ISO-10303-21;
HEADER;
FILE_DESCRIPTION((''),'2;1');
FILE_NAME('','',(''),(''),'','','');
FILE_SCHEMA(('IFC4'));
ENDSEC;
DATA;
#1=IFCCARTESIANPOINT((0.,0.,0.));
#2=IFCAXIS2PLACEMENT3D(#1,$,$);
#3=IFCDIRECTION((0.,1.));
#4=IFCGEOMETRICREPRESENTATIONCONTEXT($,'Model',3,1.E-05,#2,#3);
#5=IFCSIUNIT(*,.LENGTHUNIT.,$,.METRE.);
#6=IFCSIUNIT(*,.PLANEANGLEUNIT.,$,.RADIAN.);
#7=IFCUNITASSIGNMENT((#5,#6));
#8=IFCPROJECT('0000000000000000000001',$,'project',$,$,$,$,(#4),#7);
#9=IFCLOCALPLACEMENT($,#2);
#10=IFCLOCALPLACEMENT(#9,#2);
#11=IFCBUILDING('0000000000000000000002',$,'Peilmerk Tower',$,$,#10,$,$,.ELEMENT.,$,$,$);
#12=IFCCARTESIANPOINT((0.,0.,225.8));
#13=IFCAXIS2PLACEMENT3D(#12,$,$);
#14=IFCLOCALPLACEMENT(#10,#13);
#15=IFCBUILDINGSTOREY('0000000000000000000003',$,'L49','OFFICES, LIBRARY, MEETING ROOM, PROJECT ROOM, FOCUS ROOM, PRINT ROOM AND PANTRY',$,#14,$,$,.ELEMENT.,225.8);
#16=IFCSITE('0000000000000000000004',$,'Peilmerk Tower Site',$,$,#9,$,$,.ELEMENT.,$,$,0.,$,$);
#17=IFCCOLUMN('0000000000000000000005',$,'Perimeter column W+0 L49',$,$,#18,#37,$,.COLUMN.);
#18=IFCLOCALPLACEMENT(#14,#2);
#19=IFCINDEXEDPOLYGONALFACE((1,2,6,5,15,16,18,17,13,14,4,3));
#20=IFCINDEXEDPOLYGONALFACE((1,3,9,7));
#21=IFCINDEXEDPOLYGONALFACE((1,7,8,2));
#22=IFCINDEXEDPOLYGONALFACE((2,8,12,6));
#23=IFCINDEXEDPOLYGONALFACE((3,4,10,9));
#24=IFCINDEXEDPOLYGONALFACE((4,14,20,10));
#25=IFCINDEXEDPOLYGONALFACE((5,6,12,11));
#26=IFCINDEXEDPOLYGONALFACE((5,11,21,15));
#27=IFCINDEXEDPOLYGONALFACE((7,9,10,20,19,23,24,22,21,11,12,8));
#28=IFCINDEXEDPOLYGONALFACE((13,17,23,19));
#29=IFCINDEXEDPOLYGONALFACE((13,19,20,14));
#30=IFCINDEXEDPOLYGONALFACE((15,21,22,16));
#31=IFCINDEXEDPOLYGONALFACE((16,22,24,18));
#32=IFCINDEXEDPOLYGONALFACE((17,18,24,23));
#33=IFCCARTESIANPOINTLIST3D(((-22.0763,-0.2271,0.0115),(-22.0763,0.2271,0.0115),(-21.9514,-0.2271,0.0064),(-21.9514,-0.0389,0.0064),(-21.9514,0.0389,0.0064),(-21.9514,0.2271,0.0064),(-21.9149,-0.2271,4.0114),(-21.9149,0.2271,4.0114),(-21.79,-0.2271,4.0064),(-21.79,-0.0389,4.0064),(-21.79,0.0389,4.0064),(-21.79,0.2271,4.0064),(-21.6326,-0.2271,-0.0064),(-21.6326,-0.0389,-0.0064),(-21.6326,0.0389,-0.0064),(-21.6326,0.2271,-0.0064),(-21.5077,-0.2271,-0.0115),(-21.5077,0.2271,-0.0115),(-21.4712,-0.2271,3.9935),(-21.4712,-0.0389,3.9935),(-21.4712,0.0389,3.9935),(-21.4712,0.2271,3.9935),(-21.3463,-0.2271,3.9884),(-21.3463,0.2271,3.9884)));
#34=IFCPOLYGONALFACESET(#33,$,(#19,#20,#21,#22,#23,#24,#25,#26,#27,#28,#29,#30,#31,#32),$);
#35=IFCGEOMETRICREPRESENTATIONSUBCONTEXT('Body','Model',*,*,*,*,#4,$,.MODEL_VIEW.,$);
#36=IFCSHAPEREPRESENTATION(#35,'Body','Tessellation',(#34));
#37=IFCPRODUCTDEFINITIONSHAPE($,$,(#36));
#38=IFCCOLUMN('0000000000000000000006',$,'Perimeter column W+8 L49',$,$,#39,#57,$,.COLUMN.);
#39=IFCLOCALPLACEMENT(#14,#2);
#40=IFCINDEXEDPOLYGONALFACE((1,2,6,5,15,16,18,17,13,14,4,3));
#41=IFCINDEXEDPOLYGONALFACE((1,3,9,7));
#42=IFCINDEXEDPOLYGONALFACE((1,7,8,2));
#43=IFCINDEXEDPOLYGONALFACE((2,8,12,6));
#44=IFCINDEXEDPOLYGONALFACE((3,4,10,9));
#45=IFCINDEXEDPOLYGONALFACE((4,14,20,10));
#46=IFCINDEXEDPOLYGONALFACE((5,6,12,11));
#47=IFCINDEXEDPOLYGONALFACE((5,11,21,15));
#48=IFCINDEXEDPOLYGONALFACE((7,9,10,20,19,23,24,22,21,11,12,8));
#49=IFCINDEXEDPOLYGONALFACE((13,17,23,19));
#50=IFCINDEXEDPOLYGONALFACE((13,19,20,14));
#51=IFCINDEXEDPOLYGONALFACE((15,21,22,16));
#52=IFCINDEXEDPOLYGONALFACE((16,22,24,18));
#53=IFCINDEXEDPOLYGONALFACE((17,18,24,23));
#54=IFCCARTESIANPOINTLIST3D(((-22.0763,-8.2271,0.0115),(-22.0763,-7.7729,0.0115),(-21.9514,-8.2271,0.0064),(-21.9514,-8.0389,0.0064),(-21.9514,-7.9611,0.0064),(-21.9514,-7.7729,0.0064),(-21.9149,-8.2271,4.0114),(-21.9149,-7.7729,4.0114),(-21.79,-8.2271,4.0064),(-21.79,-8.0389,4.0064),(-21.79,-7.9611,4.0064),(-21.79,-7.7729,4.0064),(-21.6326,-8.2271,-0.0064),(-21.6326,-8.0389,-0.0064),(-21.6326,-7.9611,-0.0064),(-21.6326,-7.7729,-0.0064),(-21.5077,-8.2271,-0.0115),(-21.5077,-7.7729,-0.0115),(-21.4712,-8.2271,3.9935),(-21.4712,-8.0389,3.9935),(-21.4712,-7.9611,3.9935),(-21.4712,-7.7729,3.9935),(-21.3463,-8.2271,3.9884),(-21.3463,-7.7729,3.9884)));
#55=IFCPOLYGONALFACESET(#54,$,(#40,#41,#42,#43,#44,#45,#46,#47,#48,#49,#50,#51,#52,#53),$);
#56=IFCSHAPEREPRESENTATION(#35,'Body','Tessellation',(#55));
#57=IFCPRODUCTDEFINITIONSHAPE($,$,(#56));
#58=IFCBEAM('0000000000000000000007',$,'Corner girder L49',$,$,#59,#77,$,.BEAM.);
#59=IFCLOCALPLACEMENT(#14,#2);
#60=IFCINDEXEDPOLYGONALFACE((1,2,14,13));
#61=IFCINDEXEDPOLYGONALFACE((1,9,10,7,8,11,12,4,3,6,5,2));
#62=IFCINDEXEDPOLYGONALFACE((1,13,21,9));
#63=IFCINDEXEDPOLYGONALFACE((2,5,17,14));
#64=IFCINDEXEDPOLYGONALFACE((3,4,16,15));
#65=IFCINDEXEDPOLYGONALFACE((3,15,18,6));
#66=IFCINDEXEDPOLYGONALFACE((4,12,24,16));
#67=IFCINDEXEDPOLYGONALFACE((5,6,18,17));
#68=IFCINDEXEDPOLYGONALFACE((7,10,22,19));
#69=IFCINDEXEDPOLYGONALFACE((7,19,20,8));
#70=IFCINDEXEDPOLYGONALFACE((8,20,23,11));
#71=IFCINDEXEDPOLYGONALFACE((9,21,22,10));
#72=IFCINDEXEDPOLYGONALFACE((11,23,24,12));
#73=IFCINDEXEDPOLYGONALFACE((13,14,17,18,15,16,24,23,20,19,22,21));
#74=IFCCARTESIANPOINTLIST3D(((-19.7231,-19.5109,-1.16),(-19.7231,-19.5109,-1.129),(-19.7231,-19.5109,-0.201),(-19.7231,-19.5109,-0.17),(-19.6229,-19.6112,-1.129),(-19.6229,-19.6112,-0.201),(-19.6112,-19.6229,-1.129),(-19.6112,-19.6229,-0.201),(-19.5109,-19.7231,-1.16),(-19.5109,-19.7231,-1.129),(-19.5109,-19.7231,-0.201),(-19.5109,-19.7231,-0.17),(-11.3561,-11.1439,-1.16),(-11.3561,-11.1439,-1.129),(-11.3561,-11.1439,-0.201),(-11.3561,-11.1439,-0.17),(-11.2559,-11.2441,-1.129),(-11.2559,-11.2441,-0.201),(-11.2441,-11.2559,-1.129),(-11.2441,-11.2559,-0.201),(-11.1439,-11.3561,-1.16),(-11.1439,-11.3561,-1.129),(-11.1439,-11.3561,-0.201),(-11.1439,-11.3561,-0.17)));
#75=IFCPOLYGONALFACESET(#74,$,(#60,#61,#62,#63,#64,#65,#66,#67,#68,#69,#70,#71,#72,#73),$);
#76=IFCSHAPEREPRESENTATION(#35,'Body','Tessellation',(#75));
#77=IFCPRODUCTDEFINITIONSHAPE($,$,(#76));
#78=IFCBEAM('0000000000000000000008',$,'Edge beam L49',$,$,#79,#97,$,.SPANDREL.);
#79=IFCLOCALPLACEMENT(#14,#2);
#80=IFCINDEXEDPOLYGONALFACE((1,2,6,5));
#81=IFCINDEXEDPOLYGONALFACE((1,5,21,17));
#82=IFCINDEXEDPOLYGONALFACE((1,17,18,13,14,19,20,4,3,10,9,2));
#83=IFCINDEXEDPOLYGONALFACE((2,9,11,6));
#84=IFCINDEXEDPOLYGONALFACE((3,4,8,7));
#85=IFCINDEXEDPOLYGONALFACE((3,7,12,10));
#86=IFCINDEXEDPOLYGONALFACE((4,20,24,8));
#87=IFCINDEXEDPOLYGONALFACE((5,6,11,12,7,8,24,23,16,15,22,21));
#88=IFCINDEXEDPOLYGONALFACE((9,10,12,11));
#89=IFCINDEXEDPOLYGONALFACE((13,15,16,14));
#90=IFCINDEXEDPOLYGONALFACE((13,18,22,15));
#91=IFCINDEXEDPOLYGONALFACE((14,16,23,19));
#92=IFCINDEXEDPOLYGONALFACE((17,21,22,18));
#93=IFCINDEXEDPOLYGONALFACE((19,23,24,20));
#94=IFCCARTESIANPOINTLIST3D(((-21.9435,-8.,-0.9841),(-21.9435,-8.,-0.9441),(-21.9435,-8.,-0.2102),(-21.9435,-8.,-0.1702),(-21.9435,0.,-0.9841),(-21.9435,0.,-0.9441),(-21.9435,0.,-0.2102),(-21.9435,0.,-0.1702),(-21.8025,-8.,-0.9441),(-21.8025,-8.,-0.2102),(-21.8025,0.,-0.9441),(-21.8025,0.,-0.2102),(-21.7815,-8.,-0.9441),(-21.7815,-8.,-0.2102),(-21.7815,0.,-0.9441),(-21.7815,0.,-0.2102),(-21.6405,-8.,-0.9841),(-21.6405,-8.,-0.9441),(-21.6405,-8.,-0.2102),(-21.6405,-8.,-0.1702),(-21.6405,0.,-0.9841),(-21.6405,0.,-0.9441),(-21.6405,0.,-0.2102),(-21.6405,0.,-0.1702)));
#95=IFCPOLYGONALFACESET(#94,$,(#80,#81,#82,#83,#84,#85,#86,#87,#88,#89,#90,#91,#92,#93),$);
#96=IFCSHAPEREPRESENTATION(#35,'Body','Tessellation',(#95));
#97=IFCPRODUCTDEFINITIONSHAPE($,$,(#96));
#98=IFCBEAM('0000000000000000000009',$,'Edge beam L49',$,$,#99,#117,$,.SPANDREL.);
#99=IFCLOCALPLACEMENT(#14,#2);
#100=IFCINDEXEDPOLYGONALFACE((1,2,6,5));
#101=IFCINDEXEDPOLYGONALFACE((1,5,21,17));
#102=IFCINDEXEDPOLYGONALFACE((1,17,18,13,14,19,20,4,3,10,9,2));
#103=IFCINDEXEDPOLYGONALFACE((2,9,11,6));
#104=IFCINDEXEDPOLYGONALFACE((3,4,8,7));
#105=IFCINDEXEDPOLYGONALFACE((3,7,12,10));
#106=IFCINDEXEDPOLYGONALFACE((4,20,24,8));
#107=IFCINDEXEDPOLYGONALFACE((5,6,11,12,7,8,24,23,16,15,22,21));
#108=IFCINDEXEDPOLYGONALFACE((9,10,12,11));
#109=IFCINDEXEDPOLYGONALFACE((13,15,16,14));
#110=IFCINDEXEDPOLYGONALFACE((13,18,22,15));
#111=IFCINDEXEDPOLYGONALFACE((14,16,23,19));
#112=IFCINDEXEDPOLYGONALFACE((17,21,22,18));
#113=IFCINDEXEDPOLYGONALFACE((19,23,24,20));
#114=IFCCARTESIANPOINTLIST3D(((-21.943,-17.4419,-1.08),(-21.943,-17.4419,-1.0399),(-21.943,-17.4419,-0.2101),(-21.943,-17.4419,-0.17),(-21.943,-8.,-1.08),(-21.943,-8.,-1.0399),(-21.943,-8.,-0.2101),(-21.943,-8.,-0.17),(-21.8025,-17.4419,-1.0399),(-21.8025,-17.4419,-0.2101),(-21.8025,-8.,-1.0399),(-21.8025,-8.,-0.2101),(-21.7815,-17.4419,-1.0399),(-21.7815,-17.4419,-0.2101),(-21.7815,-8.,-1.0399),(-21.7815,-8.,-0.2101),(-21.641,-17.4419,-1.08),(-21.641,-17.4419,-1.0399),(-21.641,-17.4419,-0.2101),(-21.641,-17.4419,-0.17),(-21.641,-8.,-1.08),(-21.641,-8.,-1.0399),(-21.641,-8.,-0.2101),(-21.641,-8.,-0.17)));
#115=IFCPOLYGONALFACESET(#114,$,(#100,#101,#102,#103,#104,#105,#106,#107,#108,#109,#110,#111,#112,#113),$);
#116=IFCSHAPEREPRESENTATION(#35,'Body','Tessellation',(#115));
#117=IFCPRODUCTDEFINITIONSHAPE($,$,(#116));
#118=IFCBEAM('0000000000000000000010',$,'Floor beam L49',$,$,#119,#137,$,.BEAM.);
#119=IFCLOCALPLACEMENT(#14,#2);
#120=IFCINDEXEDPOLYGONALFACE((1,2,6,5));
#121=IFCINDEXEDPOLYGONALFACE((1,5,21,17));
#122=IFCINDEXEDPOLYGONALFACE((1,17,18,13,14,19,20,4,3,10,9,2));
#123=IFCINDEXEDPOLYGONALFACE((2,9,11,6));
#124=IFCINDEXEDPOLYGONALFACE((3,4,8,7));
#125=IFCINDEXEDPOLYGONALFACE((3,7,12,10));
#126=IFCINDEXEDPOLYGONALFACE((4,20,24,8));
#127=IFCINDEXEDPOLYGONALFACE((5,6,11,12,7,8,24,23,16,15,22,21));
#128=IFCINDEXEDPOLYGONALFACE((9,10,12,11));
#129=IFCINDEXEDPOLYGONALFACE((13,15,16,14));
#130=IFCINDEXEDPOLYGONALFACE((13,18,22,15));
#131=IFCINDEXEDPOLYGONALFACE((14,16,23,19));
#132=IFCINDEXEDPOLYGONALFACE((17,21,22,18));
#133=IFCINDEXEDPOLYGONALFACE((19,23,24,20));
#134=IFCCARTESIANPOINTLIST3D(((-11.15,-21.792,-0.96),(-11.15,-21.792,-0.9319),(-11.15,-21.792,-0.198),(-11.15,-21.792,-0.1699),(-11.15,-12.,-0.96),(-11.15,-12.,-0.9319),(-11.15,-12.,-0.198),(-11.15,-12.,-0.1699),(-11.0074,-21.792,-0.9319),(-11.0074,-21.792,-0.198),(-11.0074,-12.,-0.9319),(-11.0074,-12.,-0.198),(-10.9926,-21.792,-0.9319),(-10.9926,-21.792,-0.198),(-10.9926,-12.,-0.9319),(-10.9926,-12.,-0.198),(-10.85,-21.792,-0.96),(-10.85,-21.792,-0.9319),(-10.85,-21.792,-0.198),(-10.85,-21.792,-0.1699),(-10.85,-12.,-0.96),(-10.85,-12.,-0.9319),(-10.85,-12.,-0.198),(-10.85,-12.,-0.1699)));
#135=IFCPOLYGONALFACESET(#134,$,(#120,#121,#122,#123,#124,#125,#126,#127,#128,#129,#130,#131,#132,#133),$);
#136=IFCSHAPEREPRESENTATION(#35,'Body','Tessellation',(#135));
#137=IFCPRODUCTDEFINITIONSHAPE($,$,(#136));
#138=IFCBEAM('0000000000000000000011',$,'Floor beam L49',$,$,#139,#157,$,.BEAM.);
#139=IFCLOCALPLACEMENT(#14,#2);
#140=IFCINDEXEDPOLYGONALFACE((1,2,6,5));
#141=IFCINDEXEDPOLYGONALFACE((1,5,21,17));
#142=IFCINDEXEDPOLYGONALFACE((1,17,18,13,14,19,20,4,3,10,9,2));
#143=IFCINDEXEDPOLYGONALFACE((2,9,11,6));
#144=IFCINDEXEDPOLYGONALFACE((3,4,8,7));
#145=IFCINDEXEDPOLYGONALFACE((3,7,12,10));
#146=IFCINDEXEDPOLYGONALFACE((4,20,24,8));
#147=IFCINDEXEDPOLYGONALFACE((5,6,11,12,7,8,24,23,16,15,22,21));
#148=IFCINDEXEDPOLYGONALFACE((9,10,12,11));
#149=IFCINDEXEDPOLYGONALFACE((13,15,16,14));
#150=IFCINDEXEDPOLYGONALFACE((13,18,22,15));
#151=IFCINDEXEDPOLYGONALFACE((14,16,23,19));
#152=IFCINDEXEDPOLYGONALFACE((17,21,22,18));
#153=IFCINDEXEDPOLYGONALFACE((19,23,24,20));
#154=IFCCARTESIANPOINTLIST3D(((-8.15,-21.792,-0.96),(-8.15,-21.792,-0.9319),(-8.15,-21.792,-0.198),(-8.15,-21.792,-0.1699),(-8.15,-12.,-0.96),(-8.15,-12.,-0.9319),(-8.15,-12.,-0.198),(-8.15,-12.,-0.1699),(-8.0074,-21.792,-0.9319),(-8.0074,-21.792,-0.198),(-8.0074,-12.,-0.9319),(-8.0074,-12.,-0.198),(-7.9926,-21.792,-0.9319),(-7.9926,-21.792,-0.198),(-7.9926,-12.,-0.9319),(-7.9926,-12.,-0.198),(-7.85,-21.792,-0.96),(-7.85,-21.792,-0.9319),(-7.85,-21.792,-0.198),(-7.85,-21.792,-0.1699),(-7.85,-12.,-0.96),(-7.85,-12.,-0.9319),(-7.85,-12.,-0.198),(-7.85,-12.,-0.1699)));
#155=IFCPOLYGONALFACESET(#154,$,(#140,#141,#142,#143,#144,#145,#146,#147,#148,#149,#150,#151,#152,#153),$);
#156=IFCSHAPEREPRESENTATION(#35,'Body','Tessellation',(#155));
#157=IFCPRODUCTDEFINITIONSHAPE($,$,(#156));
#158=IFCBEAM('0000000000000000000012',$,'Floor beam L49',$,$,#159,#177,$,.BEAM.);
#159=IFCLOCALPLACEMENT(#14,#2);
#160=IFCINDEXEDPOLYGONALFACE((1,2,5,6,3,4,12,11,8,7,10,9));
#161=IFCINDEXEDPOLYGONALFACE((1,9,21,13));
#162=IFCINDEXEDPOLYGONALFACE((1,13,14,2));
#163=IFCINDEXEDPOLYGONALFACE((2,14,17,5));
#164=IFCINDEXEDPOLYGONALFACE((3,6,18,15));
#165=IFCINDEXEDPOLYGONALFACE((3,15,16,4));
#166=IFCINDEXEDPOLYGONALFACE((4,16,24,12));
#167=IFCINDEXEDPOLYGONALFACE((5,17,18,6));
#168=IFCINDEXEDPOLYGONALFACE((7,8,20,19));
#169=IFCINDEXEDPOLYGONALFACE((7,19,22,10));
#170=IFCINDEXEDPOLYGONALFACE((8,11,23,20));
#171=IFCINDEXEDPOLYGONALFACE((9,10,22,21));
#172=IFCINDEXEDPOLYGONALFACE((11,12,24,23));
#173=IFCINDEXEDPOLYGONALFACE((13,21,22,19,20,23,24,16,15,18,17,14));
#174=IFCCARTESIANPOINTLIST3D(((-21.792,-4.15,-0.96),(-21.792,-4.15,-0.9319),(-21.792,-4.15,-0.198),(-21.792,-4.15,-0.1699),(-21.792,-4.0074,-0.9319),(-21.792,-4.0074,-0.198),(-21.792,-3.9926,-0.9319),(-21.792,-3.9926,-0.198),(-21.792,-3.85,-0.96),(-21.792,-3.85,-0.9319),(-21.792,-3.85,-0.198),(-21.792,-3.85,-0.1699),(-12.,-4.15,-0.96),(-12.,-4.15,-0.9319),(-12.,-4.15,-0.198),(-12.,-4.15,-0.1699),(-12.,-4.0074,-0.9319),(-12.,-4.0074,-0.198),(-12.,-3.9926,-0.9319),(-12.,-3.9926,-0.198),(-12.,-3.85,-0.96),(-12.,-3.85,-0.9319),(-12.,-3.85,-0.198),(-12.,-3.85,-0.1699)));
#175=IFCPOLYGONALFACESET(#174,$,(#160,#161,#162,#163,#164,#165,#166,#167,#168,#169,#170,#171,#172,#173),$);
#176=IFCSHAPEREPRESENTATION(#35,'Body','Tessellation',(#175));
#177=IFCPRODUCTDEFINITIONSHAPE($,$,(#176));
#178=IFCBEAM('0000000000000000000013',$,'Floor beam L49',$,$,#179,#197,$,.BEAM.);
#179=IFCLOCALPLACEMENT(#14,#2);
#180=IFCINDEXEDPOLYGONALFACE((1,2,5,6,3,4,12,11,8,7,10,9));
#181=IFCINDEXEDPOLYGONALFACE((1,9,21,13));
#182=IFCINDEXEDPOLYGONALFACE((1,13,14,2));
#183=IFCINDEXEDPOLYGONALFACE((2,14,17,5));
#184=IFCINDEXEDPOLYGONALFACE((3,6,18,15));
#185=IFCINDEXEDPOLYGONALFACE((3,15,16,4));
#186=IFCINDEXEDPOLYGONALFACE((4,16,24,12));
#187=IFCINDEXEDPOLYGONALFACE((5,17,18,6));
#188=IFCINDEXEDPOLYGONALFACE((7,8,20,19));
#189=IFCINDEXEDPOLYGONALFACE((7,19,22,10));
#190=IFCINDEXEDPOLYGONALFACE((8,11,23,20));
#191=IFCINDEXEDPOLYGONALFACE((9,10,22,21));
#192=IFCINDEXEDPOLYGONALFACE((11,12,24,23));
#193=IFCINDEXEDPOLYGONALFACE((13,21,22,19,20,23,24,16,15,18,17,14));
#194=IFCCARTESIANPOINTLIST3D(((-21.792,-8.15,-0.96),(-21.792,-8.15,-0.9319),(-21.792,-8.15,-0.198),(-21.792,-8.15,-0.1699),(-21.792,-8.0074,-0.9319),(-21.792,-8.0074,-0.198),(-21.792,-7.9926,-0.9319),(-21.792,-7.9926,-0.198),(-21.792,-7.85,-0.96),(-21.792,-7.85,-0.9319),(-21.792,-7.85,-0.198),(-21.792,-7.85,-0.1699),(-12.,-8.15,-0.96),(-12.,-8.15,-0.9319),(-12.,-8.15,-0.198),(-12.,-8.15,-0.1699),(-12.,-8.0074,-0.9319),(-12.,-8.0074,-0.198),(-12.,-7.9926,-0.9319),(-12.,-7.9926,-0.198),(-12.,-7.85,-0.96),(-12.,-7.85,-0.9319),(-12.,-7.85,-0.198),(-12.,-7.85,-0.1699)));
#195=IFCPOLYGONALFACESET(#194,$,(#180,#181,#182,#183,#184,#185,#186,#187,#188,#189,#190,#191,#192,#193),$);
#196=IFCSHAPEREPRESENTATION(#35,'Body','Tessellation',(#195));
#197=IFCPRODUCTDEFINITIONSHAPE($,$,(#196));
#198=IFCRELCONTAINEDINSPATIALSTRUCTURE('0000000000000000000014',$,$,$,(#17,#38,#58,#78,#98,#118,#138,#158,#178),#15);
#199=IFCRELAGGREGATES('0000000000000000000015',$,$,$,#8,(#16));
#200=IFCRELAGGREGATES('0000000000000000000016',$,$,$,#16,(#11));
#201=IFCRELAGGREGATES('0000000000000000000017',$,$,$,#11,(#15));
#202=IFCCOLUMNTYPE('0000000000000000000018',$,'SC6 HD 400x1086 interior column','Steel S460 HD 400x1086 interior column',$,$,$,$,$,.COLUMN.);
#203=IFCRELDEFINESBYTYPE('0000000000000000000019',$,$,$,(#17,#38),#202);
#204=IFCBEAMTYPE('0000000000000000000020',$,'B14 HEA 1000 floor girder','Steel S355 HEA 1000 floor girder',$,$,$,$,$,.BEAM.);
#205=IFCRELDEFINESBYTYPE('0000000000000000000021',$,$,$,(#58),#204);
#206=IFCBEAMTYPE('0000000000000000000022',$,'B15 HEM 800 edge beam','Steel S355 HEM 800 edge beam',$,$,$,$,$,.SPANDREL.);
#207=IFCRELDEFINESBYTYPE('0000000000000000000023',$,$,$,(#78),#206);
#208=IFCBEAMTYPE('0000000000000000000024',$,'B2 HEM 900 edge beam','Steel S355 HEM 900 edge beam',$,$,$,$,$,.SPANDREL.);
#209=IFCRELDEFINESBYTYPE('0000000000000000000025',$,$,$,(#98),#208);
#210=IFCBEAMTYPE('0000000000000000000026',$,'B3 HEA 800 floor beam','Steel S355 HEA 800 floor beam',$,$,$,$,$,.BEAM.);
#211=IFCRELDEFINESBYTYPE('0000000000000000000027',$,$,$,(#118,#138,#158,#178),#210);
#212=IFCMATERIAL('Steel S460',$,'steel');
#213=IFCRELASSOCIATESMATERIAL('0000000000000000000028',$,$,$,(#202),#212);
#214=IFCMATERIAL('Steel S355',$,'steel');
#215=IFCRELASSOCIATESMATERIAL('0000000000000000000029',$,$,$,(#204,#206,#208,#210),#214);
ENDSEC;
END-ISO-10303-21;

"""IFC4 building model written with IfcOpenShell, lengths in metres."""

from ifc_helpers import new_model, si_unit, direction, frame, origin, origin_2d, place, context, subcontext, project, spatial, i_section, extrude, material, material_profile, profile_set, type_object, element, save


model = new_model("IFC4")

# Units and contexts
model_context = context("Model", 3, precision=1e-05, world=origin(), true_north=direction((0.0, 1.0)))
body_context = subcontext(model_context, "Body", "Model", "MODEL_VIEW")
ifc_project = project(units=[si_unit("LENGTHUNIT", "METRE"), si_unit("PLANEANGLEUNIT", "RADIAN")], contexts=[model_context])

# Site, building, storey
site_placement = place(None, origin())
site = spatial("IfcSite", under=ifc_project, at=site_placement, Name="Peilmerk Tower Site", CompositionType="ELEMENT", RefElevation=0.0)
building_placement = place(site_placement, origin())
building = spatial("IfcBuilding", under=site, at=building_placement, Name="Peilmerk Tower", CompositionType="ELEMENT")
storey_placement = place(building_placement, frame((0.0, 0.0, 225.8)))
storey = spatial("IfcBuildingStorey", under=building, at=storey_placement, Name="L49", Description="OFFICES, LIBRARY, MEETING ROOM, PROJECT ROOM, FOCUS ROOM, PRINT ROOM AND PANTRY", CompositionType="ELEMENT", Elevation=225.8)

# Columns
ifc_material_1 = material(Name="Steel S460", Category="steel")
ifc_material_profile_1 = material_profile(ifc_material_1, i_section(OverallWidth=0.4541, OverallDepth=0.5691, WebThickness=0.0779, FlangeThickness=0.125, at=origin_2d()), Name="HD 400x1086")
ifc_profile_set_1 = profile_set([ifc_material_profile_1], Name="Steel S460")
column_type = type_object("IfcColumnType", Name="SC6 HD 400x1086 interior column", Description="Steel S460 HD 400x1086 interior column", PredefinedType="COLUMN", material=ifc_profile_set_1)
for number, where, z_axis, x_axis, name in (
    (1, (-21.792, 0.0, 0.0), (0.040311, 0.0, 0.999187), (0.0, 1.0, 0.0), "Perimeter column W+0 L49"),
    (2, (-21.792, -8.0, 0.0), (0.040311, 0.0, 0.999187), (0.0, 1.0, 0.0), "Perimeter column W+8 L49"),
):
    element("IfcColumn", number, at=place(storey_placement, frame(where, z_axis=z_axis, x_axis=x_axis)), inside=storey, type_object=column_type, Name=name, PredefinedType="COLUMN", context=body_context, shape_type="SweptSolid", body=[
        extrude(i_section(OverallWidth=0.4541, OverallDepth=0.5691, WebThickness=0.0779, FlangeThickness=0.125, at=origin_2d()), origin(), (0.0, 0.0, 1.0), 4.0032),
    ])

# Beams
ifc_material_2 = material(Name="Steel S355", Category="steel")
ifc_material_profile_2 = material_profile(ifc_material_2, i_section(OverallWidth=0.3, OverallDepth=0.99, WebThickness=0.0166, FlangeThickness=0.031, at=origin_2d()), Name="HEA 1000")
ifc_profile_set_2 = profile_set([ifc_material_profile_2], Name="Steel S355")
beam_type_1 = type_object("IfcBeamType", Name="B14 HEA 1000 floor girder", Description="Steel S355 HEA 1000 floor girder", PredefinedType="BEAM", material=ifc_profile_set_2)
beam_1_placement = place(storey_placement, frame((-11.25, -11.25, -0.665), z_axis=(-0.707107, -0.707107, 0.0), x_axis=(0.707107, -0.707107, 0.0)))
element("IfcBeam", 3, at=beam_1_placement, inside=storey, type_object=beam_type_1, Name="Corner girder L49", PredefinedType="BEAM", context=body_context, shape_type="SweptSolid", body=[
    extrude(i_section(OverallWidth=0.3, OverallDepth=0.99, WebThickness=0.0166, FlangeThickness=0.031, at=origin_2d()), origin(), (0.0, 0.0, 1.0), 11.8328),
])
ifc_material_profile_3 = material_profile(ifc_material_2, i_section(OverallWidth=0.303, OverallDepth=0.814, WebThickness=0.021, FlangeThickness=0.04, at=origin_2d()), Name="HEM 800")
ifc_profile_set_3 = profile_set([ifc_material_profile_3], Name="Steel S355")
beam_type_2 = type_object("IfcBeamType", Name="B15 HEM 800 edge beam", Description="Steel S355 HEM 800 edge beam", PredefinedType="SPANDREL", material=ifc_profile_set_3)
beam_2_placement = place(storey_placement, frame((-21.792, 0.0, -0.5771), z_axis=(0.0, -1.0, 0.0), x_axis=(1.0, 0.0, 0.0)))
element("IfcBeam", 4, at=beam_2_placement, inside=storey, type_object=beam_type_2, Name="Edge beam L49", PredefinedType="SPANDREL", context=body_context, shape_type="SweptSolid", body=[
    extrude(i_section(OverallWidth=0.303, OverallDepth=0.814, WebThickness=0.021, FlangeThickness=0.04, at=origin_2d()), origin(), (0.0, 0.0, 1.0), 8.0),
])
ifc_material_profile_4 = material_profile(ifc_material_2, i_section(OverallWidth=0.302, OverallDepth=0.9099, WebThickness=0.021, FlangeThickness=0.04, at=origin_2d()), Name="HEM 900")
ifc_profile_set_4 = profile_set([ifc_material_profile_4], Name="Steel S355")
beam_type_3 = type_object("IfcBeamType", Name="B2 HEM 900 edge beam", Description="Steel S355 HEM 900 edge beam", PredefinedType="SPANDREL", material=ifc_profile_set_4)
beam_3_placement = place(storey_placement, frame((-21.792, -8.0, -0.625), z_axis=(0.0, -1.0, 0.0), x_axis=(1.0, 0.0, 0.0)))
element("IfcBeam", 5, at=beam_3_placement, inside=storey, type_object=beam_type_3, Name="Edge beam L49", PredefinedType="SPANDREL", context=body_context, shape_type="SweptSolid", body=[
    extrude(i_section(OverallWidth=0.302, OverallDepth=0.9099, WebThickness=0.021, FlangeThickness=0.04, at=origin_2d()), origin(), (0.0, 0.0, 1.0), 9.4419),
])
ifc_material_profile_5 = material_profile(ifc_material_2, i_section(OverallWidth=0.3, OverallDepth=0.79, WebThickness=0.0149, FlangeThickness=0.0281, at=origin_2d()), Name="HEA 800")
ifc_profile_set_5 = profile_set([ifc_material_profile_5], Name="Steel S355")
beam_type_4 = type_object("IfcBeamType", Name="B3 HEA 800 floor beam", Description="Steel S355 HEA 800 floor beam", PredefinedType="BEAM", material=ifc_profile_set_5)
for number, where, z_axis, x_axis, name in (
    (6, (-11.0, -12.0, -0.5649), (0.0, -1.0, 0.0), (1.0, 0.0, 0.0), "Floor beam L49"),
    (7, (-8.0, -12.0, -0.5649), (0.0, -1.0, 0.0), (1.0, 0.0, 0.0), "Floor beam L49"),
    (8, (-12.0, -4.0, -0.5649), (-1.0, 0.0, 0.0), (0.0, -1.0, 0.0), "Floor beam L49"),
    (9, (-12.0, -8.0, -0.5649), (-1.0, 0.0, 0.0), (0.0, -1.0, 0.0), "Floor beam L49"),
):
    element("IfcBeam", number, at=place(storey_placement, frame(where, z_axis=z_axis, x_axis=x_axis)), inside=storey, type_object=beam_type_4, Name=name, PredefinedType="BEAM", context=body_context, shape_type="SweptSolid", body=[
        extrude(i_section(OverallWidth=0.3, OverallDepth=0.79, WebThickness=0.0149, FlangeThickness=0.0281, at=origin_2d()), origin(), (0.0, 0.0, 1.0), 9.792),
    ])

save(model, "model.ifc")
